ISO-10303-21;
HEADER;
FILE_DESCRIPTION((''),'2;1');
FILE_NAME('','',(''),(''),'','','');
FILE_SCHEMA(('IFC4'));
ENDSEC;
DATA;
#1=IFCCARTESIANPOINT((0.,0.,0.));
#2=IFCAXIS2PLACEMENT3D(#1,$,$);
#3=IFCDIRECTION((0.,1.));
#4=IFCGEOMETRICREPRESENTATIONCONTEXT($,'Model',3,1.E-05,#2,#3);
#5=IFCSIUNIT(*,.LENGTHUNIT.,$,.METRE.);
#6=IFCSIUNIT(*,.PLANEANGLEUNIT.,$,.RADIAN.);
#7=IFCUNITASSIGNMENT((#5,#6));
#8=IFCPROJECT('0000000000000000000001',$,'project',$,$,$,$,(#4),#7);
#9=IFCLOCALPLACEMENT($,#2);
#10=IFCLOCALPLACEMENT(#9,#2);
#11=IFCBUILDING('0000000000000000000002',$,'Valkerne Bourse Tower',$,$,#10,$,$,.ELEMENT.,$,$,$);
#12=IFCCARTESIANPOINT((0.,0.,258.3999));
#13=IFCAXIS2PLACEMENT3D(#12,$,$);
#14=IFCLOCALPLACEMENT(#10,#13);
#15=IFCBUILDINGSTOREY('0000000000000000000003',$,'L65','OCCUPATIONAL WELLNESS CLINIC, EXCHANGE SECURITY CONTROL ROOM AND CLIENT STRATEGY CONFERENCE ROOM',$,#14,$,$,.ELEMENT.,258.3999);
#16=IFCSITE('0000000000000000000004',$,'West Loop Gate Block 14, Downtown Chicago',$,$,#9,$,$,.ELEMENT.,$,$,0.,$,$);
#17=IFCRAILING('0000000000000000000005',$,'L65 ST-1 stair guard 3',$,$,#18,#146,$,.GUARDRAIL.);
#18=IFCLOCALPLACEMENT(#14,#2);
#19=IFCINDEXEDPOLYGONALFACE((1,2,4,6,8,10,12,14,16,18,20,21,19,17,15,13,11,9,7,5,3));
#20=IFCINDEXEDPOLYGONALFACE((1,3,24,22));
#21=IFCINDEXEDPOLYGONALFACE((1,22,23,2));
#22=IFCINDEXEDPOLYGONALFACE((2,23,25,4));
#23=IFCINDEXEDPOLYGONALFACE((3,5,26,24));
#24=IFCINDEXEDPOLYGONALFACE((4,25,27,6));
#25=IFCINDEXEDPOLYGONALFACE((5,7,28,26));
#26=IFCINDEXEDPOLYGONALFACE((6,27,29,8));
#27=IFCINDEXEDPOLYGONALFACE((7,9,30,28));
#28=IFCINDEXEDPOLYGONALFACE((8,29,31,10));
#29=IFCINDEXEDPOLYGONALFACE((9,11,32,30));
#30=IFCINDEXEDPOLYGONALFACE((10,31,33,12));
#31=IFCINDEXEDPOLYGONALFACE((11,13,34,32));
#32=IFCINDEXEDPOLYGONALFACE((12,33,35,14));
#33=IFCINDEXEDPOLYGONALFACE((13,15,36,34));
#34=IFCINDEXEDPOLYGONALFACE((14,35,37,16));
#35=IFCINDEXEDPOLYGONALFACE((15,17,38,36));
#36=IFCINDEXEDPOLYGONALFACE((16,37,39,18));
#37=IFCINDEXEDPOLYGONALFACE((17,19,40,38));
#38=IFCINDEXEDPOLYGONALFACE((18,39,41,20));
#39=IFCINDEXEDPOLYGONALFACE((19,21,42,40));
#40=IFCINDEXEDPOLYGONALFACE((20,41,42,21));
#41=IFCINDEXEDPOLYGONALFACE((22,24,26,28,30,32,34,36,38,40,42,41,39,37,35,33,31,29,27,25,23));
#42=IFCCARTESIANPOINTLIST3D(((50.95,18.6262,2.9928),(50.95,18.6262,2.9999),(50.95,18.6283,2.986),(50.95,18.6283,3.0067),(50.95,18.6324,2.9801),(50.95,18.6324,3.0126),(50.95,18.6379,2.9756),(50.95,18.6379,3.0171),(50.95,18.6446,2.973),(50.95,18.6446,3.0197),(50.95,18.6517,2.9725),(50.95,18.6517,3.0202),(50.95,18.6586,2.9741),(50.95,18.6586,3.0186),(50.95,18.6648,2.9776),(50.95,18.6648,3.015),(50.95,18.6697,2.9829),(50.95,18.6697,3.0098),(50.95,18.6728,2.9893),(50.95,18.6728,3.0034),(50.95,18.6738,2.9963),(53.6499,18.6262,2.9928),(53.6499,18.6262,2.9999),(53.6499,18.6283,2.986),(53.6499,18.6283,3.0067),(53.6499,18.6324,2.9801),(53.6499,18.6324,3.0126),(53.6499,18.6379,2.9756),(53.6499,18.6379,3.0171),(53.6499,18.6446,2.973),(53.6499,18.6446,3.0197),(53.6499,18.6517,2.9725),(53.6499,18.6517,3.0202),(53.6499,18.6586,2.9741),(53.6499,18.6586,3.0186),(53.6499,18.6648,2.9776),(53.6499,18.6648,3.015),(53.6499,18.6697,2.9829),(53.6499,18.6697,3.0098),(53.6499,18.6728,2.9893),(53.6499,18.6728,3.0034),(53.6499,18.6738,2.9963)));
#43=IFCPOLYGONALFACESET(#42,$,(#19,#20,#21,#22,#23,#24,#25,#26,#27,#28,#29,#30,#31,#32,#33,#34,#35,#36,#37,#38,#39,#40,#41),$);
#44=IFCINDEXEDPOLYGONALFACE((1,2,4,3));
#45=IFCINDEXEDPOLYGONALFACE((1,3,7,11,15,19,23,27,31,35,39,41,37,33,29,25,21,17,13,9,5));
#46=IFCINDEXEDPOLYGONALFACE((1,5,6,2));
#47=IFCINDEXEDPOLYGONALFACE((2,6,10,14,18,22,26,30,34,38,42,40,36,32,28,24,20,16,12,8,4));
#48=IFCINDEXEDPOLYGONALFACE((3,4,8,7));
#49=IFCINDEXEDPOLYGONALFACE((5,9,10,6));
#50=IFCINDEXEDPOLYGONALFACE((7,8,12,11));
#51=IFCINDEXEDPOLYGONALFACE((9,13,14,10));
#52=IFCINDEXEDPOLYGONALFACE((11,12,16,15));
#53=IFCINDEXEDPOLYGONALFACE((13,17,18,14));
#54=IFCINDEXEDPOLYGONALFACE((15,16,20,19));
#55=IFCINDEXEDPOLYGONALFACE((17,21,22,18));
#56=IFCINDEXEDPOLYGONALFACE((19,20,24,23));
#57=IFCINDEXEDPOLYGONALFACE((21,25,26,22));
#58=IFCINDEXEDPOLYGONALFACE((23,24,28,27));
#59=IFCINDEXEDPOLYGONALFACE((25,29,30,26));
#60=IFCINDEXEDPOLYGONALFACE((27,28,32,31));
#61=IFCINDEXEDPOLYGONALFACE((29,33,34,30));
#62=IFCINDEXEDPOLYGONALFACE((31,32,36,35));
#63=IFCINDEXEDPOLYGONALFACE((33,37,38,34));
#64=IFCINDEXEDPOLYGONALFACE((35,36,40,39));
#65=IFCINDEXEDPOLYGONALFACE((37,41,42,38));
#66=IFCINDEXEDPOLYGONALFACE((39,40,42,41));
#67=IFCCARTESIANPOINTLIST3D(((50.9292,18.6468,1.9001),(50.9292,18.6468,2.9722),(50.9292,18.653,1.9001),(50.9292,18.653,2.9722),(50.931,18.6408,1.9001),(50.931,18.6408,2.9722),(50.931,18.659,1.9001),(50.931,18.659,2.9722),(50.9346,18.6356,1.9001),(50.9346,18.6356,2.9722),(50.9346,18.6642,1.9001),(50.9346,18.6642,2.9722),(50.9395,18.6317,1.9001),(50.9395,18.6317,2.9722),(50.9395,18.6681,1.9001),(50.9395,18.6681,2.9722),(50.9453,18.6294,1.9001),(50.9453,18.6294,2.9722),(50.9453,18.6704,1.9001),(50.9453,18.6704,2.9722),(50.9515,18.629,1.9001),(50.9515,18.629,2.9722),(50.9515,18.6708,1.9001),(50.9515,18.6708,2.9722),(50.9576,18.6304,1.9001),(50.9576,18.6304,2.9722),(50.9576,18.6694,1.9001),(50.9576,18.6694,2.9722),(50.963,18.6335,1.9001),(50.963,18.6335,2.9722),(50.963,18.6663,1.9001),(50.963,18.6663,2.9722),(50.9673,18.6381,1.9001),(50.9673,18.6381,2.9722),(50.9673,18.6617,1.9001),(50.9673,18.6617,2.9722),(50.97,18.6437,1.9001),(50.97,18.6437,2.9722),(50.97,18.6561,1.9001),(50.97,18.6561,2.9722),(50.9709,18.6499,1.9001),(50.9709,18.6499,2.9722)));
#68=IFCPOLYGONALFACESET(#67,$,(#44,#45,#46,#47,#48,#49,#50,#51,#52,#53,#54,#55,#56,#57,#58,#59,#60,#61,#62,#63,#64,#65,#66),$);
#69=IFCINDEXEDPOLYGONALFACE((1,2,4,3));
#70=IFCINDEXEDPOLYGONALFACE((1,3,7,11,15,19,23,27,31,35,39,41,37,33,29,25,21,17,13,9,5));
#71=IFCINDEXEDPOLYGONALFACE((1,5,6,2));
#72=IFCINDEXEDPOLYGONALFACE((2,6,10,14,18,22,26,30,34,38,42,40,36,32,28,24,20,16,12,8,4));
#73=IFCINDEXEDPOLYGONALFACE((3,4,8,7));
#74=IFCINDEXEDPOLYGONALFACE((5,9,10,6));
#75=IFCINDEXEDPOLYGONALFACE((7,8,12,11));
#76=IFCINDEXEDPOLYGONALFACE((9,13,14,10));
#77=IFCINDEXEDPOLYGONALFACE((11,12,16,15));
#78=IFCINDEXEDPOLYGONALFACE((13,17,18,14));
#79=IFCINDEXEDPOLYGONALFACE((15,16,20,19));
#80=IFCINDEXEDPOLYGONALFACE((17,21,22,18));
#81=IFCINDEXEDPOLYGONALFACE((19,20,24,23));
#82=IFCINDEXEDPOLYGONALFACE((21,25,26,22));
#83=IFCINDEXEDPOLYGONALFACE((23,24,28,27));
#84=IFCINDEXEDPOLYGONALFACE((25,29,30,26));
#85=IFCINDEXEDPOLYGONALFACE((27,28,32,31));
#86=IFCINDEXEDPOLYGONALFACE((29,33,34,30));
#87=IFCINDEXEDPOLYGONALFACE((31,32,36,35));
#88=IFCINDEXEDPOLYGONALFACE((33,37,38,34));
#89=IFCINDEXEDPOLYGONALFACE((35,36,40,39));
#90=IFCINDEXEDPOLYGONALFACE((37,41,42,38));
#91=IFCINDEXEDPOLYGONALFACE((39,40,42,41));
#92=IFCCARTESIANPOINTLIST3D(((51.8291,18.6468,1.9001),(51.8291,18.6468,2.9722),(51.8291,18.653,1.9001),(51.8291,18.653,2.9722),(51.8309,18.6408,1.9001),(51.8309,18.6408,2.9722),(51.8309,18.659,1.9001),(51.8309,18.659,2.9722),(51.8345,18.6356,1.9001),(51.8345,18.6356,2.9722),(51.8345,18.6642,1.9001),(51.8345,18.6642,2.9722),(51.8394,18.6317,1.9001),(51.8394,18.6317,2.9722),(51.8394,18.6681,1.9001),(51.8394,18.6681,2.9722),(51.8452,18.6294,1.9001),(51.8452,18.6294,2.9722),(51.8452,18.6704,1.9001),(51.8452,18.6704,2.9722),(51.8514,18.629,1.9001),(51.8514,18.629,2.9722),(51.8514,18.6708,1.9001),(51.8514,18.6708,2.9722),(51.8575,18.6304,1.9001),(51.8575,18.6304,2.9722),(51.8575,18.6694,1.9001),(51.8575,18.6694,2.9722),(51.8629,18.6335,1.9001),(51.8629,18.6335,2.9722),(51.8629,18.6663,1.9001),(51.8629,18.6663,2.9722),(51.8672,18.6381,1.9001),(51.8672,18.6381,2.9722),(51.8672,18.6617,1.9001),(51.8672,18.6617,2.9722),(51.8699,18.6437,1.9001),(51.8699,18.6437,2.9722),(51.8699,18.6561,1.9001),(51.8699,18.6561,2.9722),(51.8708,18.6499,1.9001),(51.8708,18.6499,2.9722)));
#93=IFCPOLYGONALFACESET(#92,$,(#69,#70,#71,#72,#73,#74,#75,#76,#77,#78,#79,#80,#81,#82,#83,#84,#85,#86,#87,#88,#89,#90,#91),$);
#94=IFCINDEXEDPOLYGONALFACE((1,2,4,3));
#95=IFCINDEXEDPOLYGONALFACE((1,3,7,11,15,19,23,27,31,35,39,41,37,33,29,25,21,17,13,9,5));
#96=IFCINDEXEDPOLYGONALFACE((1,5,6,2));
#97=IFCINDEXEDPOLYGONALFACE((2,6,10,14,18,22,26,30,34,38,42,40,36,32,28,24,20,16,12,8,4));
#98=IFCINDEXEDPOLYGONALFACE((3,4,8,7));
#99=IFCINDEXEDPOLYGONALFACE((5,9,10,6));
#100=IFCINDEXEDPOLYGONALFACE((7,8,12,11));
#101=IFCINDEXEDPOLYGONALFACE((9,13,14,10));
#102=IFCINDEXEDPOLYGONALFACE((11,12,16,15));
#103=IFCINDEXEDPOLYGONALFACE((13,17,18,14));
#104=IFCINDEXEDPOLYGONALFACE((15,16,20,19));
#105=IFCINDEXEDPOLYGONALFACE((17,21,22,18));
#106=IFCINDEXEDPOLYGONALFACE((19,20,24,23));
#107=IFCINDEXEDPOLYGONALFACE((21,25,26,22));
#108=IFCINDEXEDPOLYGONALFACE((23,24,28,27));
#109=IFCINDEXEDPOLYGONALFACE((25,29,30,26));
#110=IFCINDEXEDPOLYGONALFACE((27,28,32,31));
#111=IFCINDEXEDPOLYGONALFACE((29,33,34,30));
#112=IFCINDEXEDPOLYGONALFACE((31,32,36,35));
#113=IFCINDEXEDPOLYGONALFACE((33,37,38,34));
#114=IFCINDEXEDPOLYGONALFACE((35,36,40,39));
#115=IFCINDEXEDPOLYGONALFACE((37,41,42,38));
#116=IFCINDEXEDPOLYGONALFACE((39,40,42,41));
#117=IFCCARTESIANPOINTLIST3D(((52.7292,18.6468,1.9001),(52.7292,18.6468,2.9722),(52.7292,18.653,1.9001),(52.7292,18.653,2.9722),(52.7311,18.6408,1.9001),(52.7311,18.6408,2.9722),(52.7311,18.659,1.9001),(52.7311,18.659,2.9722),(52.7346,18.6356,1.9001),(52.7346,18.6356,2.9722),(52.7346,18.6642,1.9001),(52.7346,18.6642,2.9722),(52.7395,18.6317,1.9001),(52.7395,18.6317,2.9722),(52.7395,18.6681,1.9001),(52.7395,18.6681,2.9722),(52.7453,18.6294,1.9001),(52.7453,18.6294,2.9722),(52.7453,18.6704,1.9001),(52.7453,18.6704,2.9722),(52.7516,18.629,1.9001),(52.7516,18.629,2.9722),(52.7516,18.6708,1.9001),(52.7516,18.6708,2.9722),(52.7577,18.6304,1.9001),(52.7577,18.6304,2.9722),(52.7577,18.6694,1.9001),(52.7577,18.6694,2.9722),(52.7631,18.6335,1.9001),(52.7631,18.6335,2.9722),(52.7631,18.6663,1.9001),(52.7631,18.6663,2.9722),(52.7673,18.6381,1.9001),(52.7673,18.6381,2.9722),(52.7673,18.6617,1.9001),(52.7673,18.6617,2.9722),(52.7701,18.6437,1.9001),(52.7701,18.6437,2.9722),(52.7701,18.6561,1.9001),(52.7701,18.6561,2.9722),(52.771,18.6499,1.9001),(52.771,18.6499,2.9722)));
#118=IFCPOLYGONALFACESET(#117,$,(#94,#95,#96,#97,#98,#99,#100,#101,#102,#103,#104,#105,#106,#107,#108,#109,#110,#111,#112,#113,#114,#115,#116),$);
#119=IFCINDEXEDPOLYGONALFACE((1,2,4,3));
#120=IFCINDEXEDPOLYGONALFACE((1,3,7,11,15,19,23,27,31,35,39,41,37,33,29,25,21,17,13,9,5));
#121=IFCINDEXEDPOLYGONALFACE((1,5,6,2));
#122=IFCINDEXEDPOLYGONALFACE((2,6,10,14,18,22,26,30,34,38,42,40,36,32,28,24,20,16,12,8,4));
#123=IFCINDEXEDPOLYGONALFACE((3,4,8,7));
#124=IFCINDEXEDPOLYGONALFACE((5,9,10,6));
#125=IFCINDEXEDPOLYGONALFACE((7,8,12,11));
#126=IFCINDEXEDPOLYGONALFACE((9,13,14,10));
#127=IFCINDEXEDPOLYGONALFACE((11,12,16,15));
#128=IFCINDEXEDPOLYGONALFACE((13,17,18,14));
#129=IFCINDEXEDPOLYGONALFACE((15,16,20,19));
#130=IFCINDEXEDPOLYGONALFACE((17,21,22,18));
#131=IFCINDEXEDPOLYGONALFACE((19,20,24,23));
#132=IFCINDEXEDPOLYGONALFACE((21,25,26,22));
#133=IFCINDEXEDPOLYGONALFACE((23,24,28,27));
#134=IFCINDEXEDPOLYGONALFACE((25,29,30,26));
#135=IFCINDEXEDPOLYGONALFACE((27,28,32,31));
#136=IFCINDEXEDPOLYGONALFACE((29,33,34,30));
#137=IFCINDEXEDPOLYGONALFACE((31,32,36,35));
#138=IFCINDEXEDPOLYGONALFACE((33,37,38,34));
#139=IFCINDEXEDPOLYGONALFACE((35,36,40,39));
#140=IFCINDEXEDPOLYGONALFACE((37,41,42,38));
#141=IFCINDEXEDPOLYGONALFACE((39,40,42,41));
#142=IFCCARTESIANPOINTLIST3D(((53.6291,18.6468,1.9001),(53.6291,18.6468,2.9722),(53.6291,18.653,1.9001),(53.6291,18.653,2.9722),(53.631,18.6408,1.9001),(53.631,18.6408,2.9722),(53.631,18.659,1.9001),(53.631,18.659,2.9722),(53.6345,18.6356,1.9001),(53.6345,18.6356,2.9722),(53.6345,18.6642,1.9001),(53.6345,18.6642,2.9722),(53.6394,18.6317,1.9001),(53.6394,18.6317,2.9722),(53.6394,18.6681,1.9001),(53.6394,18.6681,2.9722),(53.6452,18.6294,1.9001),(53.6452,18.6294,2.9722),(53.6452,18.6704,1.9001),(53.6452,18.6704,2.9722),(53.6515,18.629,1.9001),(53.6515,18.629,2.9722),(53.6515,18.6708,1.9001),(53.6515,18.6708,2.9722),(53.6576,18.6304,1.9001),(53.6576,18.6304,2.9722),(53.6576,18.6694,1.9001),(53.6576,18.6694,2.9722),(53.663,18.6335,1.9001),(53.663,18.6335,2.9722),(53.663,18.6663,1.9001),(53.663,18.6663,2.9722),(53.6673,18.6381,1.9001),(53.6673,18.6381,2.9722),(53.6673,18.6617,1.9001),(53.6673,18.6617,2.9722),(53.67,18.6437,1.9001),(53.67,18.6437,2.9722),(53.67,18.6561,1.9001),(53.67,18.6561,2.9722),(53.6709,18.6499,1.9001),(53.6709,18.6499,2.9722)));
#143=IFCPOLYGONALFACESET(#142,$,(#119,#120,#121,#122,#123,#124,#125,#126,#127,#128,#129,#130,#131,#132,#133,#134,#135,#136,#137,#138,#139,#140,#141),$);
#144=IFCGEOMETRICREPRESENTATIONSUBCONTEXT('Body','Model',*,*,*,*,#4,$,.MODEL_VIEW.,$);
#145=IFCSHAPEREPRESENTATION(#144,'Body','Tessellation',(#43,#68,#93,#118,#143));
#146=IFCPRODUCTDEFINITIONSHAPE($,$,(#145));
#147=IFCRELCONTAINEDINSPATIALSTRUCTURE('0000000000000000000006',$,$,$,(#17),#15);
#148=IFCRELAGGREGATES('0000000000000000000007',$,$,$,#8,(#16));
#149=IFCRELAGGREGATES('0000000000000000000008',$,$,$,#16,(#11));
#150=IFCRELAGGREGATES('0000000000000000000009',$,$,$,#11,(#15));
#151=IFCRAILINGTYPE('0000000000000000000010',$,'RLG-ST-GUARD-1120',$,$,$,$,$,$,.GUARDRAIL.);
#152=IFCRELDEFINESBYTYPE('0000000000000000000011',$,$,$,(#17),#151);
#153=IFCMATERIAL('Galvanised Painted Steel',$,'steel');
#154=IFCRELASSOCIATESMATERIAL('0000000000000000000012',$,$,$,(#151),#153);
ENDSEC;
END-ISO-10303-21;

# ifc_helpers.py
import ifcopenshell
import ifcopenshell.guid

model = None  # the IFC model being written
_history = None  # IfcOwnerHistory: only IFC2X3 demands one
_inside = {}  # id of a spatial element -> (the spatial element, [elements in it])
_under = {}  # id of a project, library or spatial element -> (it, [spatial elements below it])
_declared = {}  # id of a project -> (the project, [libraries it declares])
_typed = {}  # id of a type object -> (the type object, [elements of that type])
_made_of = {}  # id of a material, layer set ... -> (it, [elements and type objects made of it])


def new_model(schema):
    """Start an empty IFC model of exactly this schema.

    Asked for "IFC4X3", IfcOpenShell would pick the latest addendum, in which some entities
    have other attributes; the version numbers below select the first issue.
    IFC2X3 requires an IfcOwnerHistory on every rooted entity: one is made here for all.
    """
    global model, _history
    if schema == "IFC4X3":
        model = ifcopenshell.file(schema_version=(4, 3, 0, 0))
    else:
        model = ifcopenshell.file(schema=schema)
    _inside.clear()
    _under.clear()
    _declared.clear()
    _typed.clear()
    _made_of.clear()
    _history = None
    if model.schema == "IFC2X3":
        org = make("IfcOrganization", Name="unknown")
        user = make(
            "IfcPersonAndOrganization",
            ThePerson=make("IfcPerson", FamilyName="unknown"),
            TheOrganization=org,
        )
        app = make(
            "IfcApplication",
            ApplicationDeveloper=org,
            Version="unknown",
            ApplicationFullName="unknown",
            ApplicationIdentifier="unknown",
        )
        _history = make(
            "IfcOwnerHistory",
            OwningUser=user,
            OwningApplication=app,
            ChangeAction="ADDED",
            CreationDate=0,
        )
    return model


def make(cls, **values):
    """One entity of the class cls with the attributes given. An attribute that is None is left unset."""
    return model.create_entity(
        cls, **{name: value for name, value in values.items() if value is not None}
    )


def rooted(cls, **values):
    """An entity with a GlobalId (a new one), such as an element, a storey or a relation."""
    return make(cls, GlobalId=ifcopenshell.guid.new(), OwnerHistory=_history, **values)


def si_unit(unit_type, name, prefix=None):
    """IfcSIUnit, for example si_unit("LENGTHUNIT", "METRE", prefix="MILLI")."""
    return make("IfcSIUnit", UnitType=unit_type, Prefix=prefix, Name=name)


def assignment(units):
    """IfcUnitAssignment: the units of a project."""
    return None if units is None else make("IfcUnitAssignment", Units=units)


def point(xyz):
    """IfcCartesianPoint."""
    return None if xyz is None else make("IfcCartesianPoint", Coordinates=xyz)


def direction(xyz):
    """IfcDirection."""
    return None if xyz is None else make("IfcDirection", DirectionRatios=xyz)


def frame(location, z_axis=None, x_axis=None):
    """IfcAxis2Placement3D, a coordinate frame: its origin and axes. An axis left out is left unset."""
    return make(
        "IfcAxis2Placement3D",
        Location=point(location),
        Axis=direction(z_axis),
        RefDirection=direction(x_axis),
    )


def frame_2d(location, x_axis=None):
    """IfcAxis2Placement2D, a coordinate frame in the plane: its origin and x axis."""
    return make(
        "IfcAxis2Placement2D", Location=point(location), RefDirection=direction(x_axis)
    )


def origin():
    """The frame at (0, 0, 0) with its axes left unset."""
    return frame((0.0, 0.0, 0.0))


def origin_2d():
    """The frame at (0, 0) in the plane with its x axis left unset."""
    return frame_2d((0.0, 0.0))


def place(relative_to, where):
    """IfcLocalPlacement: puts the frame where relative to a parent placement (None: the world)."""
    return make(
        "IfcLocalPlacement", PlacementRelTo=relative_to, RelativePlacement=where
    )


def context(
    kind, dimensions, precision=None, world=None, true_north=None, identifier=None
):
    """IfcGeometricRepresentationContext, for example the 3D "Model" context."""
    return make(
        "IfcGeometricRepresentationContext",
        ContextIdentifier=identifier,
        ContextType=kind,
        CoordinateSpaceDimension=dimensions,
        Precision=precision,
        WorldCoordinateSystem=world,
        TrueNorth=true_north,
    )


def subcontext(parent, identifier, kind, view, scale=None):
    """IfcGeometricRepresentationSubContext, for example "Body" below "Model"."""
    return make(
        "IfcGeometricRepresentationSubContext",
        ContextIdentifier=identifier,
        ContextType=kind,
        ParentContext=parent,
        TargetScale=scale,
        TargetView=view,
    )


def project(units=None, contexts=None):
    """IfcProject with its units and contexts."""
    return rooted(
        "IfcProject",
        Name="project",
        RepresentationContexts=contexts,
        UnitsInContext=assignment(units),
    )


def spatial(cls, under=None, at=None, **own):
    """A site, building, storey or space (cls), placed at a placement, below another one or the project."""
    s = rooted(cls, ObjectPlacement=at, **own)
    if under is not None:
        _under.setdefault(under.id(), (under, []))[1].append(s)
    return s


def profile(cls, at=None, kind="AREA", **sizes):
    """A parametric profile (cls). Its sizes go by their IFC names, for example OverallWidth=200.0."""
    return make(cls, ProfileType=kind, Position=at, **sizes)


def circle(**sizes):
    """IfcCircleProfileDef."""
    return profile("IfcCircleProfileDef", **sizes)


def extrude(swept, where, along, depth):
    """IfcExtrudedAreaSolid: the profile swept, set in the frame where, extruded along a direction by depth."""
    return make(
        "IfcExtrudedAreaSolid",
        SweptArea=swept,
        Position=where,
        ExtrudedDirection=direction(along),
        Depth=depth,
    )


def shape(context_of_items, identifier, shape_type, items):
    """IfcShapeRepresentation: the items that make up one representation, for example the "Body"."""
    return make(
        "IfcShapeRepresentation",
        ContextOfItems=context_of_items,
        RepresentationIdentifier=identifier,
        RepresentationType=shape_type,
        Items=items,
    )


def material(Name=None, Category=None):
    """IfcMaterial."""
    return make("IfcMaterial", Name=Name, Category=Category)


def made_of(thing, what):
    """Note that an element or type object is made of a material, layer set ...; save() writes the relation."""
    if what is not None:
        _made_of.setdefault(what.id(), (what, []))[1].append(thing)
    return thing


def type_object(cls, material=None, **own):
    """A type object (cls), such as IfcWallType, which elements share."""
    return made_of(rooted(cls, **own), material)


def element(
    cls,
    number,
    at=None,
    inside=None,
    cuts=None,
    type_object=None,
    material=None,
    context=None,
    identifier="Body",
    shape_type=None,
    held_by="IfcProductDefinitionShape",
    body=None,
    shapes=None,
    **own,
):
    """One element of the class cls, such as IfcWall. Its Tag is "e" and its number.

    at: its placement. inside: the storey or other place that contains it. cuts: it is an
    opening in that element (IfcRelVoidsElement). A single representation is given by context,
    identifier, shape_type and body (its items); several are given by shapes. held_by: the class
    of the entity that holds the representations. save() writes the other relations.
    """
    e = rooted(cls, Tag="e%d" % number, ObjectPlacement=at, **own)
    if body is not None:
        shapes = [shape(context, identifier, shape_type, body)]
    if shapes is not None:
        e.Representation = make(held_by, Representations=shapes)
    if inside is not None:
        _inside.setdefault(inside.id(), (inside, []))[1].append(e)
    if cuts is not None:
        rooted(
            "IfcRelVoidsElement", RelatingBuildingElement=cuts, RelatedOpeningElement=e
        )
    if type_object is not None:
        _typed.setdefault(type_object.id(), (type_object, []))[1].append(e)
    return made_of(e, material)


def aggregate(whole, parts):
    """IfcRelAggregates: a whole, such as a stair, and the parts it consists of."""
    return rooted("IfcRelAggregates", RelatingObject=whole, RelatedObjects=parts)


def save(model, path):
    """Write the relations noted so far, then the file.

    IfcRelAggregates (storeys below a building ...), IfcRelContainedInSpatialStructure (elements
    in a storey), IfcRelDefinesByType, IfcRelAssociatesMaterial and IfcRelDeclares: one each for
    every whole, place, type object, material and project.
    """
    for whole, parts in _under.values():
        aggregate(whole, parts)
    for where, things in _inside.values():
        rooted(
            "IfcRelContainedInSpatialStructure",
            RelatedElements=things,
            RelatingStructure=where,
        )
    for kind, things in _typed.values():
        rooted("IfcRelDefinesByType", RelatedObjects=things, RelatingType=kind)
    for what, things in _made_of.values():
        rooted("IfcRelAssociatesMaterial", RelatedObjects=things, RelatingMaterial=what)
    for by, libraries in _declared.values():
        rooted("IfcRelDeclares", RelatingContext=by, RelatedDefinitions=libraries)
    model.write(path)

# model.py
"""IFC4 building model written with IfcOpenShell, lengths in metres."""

from ifc_helpers import new_model, si_unit, direction, frame, origin, origin_2d, place, context, subcontext, project, spatial, circle, extrude, material, type_object, element, save


model = new_model("IFC4")

# Units and contexts
model_context = context("Model", 3, precision=1e-05, world=origin(), true_north=direction((0.0, 1.0)))
body_context = subcontext(model_context, "Body", "Model", "MODEL_VIEW")
ifc_project = project(units=[si_unit("LENGTHUNIT", "METRE"), si_unit("PLANEANGLEUNIT", "RADIAN")], contexts=[model_context])

# Site, building, storey
site_placement = place(None, origin())
site = spatial("IfcSite", under=ifc_project, at=site_placement, Name="West Loop Gate Block 14, Downtown Chicago", CompositionType="ELEMENT", RefElevation=0.0)
building_placement = place(site_placement, origin())
building = spatial("IfcBuilding", under=site, at=building_placement, Name="Valkerne Bourse Tower", CompositionType="ELEMENT")
storey_placement = place(building_placement, frame((0.0, 0.0, 258.3999)))
storey = spatial("IfcBuildingStorey", under=building, at=storey_placement, Name="L65", Description="OCCUPATIONAL WELLNESS CLINIC, EXCHANGE SECURITY CONTROL ROOM AND CLIENT STRATEGY CONFERENCE ROOM", CompositionType="ELEMENT", Elevation=258.3999)

# Shared definitions
ifc_material_1 = material(Name="Galvanised Painted Steel", Category="steel")

# Railing
railing_type_1 = type_object("IfcRailingType", Name="RLG-ST-GUARD-1120", PredefinedType="GUARDRAIL", material=ifc_material_1)
for number, where, name in (
    (1, (50.95, 18.6499, 1.9001), "L65 ST-1 stair guard 3"),
):
    element("IfcRailing", number, at=place(storey_placement, frame(where)), inside=storey, type_object=railing_type_1, Name=name, PredefinedType="GUARDRAIL", context=body_context, shape_type="SweptSolid", body=[
        extrude(circle(Radius=0.0239, at=origin_2d()), frame((0.0, 0.0, 1.0962), z_axis=(1.0, 0.0, 0.0), x_axis=(0.0, 1.0, 0.0)), (0.0, 0.0, 1.0), 2.7),
        extrude(circle(Radius=0.021, at=origin_2d()), origin(), (0.0, 0.0, 1.0), 1.072),
        extrude(circle(Radius=0.021, at=origin_2d()), frame((0.8999, 0.0, 0.0)), (0.0, 0.0, 1.0), 1.072),
        extrude(circle(Radius=0.021, at=origin_2d()), frame((1.8, 0.0, 0.0)), (0.0, 0.0, 1.0), 1.072),
        extrude(circle(Radius=0.021, at=origin_2d()), frame((2.7, 0.0, 0.0)), (0.0, 0.0, 1.0), 1.072),
    ])

save(model, "model.ifc")
